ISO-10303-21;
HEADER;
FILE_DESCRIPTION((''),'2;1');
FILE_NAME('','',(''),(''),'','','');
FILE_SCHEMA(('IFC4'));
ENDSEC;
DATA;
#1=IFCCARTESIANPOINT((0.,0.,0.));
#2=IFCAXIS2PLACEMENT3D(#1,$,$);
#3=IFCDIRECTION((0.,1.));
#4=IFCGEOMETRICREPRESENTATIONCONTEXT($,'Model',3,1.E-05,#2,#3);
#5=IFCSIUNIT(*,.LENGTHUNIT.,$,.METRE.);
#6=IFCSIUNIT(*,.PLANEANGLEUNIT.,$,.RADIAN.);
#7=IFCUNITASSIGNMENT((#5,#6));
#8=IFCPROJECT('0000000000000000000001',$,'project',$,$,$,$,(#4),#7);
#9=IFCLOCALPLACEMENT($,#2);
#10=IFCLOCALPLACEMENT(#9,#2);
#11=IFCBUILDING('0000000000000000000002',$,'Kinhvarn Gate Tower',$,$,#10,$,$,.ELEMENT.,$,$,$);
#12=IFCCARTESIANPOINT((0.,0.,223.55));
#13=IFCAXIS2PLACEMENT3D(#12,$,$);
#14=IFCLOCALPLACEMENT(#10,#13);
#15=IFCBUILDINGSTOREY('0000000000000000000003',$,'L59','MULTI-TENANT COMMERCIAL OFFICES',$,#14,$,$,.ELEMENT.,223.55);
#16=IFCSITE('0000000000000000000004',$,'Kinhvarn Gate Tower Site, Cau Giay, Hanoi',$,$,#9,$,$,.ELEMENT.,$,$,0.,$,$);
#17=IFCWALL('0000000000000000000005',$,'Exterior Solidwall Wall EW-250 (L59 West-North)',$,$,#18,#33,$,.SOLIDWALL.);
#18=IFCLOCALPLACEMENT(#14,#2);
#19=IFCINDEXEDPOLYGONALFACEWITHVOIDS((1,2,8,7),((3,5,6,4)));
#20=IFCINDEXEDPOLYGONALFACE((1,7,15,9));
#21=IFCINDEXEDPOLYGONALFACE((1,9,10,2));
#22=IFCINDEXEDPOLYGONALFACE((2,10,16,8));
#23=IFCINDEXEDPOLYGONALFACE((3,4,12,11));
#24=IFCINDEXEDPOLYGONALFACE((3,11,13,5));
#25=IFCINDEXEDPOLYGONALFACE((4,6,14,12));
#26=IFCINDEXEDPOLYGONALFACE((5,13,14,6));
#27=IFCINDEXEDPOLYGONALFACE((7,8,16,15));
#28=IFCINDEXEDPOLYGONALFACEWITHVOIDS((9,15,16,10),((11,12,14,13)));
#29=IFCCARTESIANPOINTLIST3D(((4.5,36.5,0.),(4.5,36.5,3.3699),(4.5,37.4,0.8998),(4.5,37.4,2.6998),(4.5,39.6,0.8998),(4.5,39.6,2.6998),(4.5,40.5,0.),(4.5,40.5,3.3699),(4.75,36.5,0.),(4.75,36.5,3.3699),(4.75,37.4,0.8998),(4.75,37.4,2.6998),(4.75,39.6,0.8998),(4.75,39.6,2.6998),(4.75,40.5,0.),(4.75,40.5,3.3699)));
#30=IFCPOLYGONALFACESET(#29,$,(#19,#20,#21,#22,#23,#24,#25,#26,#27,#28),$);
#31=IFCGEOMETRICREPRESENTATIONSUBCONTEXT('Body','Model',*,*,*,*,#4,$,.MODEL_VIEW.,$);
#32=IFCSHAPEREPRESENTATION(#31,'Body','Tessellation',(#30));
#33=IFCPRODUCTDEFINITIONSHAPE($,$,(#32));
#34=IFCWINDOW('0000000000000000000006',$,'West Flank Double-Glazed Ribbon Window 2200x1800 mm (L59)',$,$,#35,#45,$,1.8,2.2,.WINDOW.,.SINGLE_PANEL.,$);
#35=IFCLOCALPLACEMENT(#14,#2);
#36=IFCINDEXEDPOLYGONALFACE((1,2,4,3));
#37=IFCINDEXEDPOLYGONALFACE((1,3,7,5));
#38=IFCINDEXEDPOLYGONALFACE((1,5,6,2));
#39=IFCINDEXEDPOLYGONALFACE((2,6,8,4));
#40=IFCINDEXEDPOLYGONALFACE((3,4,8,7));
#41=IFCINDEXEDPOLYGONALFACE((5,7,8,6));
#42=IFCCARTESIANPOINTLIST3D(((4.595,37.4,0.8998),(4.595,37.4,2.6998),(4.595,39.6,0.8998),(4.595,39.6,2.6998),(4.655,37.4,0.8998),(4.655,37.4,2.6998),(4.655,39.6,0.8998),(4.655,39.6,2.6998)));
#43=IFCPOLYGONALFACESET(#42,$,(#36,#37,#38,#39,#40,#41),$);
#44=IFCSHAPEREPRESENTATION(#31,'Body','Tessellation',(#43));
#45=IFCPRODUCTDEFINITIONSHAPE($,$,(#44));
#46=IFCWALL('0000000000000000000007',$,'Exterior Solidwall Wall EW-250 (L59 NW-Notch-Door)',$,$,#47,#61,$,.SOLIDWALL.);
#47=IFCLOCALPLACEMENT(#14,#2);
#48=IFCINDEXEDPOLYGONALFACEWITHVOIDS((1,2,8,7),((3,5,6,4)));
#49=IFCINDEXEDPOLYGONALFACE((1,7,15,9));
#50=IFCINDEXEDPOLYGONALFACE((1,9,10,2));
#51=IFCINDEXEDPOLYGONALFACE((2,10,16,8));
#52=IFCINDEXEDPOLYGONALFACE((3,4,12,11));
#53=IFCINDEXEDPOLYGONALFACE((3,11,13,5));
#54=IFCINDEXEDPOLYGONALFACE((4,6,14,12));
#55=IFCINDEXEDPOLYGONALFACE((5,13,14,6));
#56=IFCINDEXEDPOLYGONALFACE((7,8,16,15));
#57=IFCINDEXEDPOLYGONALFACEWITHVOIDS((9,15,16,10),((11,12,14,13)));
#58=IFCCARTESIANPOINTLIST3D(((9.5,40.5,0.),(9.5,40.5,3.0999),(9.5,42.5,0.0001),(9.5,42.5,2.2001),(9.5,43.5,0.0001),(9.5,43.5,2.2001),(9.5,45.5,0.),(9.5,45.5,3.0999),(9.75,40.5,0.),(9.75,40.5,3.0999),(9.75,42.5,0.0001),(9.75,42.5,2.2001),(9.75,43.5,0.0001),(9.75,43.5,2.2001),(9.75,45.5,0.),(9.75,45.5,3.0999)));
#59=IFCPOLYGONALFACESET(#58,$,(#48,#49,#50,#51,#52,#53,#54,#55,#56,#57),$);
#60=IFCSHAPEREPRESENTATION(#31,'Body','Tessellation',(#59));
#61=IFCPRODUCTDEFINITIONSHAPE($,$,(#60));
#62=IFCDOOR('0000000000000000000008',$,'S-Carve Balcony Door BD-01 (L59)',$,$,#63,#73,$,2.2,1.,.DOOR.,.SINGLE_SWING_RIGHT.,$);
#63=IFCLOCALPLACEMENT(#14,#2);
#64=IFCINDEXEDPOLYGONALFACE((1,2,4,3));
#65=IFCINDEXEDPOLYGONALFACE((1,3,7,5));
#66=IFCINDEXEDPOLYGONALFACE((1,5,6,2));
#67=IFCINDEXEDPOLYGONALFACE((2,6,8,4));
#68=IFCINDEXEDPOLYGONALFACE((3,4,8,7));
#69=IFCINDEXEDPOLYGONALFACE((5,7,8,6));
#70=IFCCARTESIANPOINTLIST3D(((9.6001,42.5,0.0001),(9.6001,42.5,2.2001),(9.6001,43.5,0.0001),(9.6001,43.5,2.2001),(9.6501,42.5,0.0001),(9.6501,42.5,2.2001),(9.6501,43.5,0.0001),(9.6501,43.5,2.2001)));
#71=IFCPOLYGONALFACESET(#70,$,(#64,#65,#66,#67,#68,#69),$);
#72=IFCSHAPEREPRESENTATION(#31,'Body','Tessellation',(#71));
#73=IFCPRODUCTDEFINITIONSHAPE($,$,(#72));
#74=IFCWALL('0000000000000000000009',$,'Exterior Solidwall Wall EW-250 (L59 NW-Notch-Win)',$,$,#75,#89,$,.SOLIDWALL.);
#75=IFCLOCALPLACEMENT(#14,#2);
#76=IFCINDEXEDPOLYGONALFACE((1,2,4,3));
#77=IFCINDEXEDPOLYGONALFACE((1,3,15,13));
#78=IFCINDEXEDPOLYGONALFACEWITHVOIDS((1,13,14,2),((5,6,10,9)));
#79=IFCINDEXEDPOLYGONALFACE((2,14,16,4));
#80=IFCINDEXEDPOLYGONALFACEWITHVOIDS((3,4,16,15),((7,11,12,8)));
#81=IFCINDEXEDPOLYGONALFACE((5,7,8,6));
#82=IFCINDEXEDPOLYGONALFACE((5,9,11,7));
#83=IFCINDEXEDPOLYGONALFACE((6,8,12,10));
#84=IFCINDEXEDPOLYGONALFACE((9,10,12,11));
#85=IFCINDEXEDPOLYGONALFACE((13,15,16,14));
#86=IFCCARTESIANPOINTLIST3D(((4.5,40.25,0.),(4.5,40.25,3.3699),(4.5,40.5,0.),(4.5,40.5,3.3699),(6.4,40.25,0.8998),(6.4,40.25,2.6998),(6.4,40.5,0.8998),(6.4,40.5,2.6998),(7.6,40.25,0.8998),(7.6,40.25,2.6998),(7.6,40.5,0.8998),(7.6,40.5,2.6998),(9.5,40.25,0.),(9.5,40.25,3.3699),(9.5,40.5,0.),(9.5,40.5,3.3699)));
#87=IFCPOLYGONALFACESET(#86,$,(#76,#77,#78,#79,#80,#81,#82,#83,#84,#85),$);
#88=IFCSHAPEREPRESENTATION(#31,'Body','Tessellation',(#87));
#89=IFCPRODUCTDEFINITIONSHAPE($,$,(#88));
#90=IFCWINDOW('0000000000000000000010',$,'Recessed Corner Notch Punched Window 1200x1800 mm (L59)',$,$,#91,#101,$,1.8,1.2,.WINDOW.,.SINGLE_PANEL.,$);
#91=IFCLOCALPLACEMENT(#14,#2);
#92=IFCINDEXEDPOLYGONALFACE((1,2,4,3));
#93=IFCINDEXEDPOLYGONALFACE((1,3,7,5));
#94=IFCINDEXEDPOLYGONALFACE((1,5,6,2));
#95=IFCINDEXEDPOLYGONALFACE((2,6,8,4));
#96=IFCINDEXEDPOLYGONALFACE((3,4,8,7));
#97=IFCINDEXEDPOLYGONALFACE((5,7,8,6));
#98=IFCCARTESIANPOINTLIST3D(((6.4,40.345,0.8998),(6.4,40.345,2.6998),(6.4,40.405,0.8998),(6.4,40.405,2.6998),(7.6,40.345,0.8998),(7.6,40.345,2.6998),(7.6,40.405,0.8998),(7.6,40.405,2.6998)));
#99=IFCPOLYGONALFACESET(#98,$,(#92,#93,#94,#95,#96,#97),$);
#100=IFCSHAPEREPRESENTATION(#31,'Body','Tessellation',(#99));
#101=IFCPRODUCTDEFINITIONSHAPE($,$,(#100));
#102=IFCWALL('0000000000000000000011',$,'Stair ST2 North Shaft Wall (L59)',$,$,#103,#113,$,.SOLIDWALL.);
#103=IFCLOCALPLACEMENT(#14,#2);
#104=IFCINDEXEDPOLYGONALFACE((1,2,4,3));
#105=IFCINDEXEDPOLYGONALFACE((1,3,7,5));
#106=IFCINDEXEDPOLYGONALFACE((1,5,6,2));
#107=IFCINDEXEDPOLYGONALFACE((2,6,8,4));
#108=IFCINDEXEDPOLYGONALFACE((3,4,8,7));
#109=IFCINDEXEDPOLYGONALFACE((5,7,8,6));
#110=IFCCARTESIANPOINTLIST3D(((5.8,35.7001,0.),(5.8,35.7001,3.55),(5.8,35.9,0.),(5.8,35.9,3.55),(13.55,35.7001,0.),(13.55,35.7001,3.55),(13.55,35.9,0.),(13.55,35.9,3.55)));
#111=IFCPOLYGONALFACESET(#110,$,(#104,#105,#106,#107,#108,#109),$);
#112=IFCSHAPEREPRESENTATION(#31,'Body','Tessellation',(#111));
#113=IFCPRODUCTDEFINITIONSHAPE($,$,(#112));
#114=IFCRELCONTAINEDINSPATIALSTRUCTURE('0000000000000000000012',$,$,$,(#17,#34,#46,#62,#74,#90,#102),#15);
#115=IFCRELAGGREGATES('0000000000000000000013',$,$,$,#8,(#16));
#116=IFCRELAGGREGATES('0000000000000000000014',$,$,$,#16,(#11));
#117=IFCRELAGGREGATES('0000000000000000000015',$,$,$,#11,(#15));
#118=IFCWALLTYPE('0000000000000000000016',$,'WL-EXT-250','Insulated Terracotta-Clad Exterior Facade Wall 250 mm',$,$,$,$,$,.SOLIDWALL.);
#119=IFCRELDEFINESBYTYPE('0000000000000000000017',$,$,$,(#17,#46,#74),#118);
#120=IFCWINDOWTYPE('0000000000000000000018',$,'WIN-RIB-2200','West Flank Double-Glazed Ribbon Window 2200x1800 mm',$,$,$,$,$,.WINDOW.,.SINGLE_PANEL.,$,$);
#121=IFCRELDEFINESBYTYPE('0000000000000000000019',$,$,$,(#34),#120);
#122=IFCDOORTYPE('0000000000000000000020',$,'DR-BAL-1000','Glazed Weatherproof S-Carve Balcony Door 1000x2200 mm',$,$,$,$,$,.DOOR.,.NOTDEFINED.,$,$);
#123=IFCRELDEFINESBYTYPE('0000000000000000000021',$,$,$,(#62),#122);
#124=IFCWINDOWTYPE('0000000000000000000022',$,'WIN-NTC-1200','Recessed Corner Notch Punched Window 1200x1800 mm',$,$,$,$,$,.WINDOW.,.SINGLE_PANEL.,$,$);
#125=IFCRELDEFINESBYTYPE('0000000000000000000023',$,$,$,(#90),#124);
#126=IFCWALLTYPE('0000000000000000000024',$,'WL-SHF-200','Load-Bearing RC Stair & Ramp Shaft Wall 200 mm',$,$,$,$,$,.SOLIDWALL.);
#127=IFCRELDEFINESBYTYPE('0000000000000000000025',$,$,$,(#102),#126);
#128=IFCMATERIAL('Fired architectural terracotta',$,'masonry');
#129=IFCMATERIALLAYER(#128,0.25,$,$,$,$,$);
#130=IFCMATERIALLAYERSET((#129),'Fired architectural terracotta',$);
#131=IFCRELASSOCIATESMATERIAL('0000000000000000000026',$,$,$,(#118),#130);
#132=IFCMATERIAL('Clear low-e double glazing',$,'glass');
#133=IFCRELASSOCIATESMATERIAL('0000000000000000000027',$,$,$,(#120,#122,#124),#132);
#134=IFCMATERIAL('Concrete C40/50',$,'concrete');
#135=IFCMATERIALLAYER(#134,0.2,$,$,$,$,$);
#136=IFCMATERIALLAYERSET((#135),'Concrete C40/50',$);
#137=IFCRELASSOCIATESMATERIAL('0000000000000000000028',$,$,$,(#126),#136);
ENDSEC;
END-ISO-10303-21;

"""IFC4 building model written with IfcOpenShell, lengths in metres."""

from ifc_helpers import new_model, si_unit, direction, frame, frame_2d, origin, place, context, subcontext, project, spatial, rectangle, extrude, material, layer, layer_set, type_object, element, fill, save


model = new_model("IFC4")

# Units and contexts
model_context = context("Model", 3, precision=1e-05, world=origin(), true_north=direction((0.0, 1.0)))
body_context = subcontext(model_context, "Body", "Model", "MODEL_VIEW")
ifc_project = project(units=[si_unit("LENGTHUNIT", "METRE"), si_unit("PLANEANGLEUNIT", "RADIAN")], contexts=[model_context])

# Site, building, storey
site_placement = place(None, origin())
site = spatial("IfcSite", under=ifc_project, at=site_placement, Name="Kinhvarn Gate Tower Site, Cau Giay, Hanoi", CompositionType="ELEMENT", RefElevation=0.0)
building_placement = place(site_placement, origin())
building = spatial("IfcBuilding", under=site, at=building_placement, Name="Kinhvarn Gate Tower", CompositionType="ELEMENT")
storey_placement = place(building_placement, frame((0.0, 0.0, 223.55)))
storey = spatial("IfcBuildingStorey", under=building, at=storey_placement, Name="L59", Description="MULTI-TENANT COMMERCIAL OFFICES", CompositionType="ELEMENT", Elevation=223.55)

# Wall, opening, window
ifc_material_1 = material(Name="Fired architectural terracotta", Category="masonry")
ifc_layer_1 = layer(ifc_material_1, 0.25)
ifc_layer_set_1 = layer_set([ifc_layer_1], Name="Fired architectural terracotta")
wall_type_1 = type_object("IfcWallType", Name="WL-EXT-250", Description="Insulated Terracotta-Clad Exterior Facade Wall 250 mm", PredefinedType="SOLIDWALL", material=ifc_layer_set_1)
wall_1_placement = place(storey_placement, frame((4.625, 40.5, 0.0), z_axis=(0.0, 0.0, 1.0), x_axis=(0.0, -1.0, 0.0)))
wall_1 = element("IfcWall", 1, at=wall_1_placement, inside=storey, type_object=wall_type_1, Name="Exterior Solidwall Wall EW-250 (L59 West-North)", PredefinedType="SOLIDWALL", context=body_context, shape_type="SweptSolid", body=[
    extrude(rectangle(XDim=4.0, YDim=0.25, at=frame_2d((2.0, 0.0))), origin(), (0.0, 0.0, 1.0), 3.3699),
])
opening_1_placement = place(wall_1_placement, frame((0.8999, 0.0, 0.8999)))
opening_1 = element("IfcOpeningElement", 2, at=opening_1_placement, cuts=wall_1, PredefinedType="OPENING", context=body_context, shape_type="SweptSolid", body=[
    extrude(rectangle(XDim=2.2, YDim=1.8, at=frame_2d((1.1001, 0.8999))), frame((0.0, 0.135, 0.0), z_axis=(0.0, -1.0, 0.0), x_axis=(1.0, 0.0, 0.0)), (0.0, 0.0, 1.0), 0.27),
])
ifc_material_2 = material(Name="Clear low-e double glazing", Category="glass")
window_type_1 = type_object("IfcWindowType", Name="WIN-RIB-2200", Description="West Flank Double-Glazed Ribbon Window 2200x1800 mm", PartitioningType="SINGLE_PANEL", PredefinedType="WINDOW", material=ifc_material_2)
window_1_placement = place(opening_1_placement, origin())
window_1 = element("IfcWindow", 3, at=window_1_placement, inside=storey, type_object=window_type_1, Name="West Flank Double-Glazed Ribbon Window 2200x1800 mm (L59)", OverallHeight=1.8, OverallWidth=2.2, PartitioningType="SINGLE_PANEL", PredefinedType="WINDOW", context=body_context, shape_type="SweptSolid", body=[
    extrude(rectangle(XDim=2.2, YDim=1.8, at=frame_2d((1.1001, 0.8999))), frame((0.0, 0.03, 0.0), z_axis=(0.0, -1.0, 0.0), x_axis=(1.0, 0.0, 0.0)), (0.0, 0.0, 1.0), 0.0601),
])
fill(opening_1, window_1)

# Wall, opening, door
wall_2_placement = place(storey_placement, frame((9.625, 45.5, 0.0), z_axis=(0.0, 0.0, 1.0), x_axis=(0.0, -1.0, 0.0)))
wall_2 = element("IfcWall", 4, at=wall_2_placement, inside=storey, type_object=wall_type_1, Name="Exterior Solidwall Wall EW-250 (L59 NW-Notch-Door)", PredefinedType="SOLIDWALL", context=body_context, shape_type="SweptSolid", body=[
    extrude(rectangle(XDim=5.0, YDim=0.25, at=frame_2d((2.5, 0.0))), origin(), (0.0, 0.0, 1.0), 3.0999),
])
opening_2_placement = place(wall_2_placement, frame((2.0, 0.0, 0.0)))
opening_2 = element("IfcOpeningElement", 5, at=opening_2_placement, cuts=wall_2, PredefinedType="OPENING", context=body_context, shape_type="SweptSolid", body=[
    extrude(rectangle(XDim=1.0, YDim=2.2, at=frame_2d((0.5, 1.1001))), frame((0.0, 0.135, 0.0), z_axis=(0.0, -1.0, 0.0), x_axis=(1.0, 0.0, 0.0)), (0.0, 0.0, 1.0), 0.27),
])
door_type = type_object("IfcDoorType", Name="DR-BAL-1000", Description="Glazed Weatherproof S-Carve Balcony Door 1000x2200 mm", OperationType="NOTDEFINED", PredefinedType="DOOR", material=ifc_material_2)
door_placement = place(opening_2_placement, frame((1.0, 0.0, 0.0), z_axis=(0.0, 0.0, 1.0), x_axis=(-1.0, 0.0, 0.0)))
door = element("IfcDoor", 6, at=door_placement, inside=storey, type_object=door_type, Name="S-Carve Balcony Door BD-01 (L59)", OperationType="SINGLE_SWING_RIGHT", OverallHeight=2.2, OverallWidth=1.0, PredefinedType="DOOR", context=body_context, shape_type="SweptSolid", body=[
    extrude(rectangle(XDim=1.0, YDim=2.2, at=frame_2d((0.5, 1.1001))), frame((0.0, 0.0249, 0.0), z_axis=(0.0, -1.0, 0.0), x_axis=(1.0, 0.0, 0.0)), (0.0, 0.0, 1.0), 0.05),
])
fill(opening_2, door)

# Wall, opening, window
wall_3_placement = place(storey_placement, frame((9.5, 40.375, 0.0), z_axis=(0.0, 0.0, 1.0), x_axis=(-1.0, 0.0, 0.0)))
wall_3 = element("IfcWall", 7, at=wall_3_placement, inside=storey, type_object=wall_type_1, Name="Exterior Solidwall Wall EW-250 (L59 NW-Notch-Win)", PredefinedType="SOLIDWALL", context=body_context, shape_type="SweptSolid", body=[
    extrude(rectangle(XDim=5.0, YDim=0.25, at=frame_2d((2.5, 0.0))), origin(), (0.0, 0.0, 1.0), 3.3699),
])
opening_3_placement = place(wall_3_placement, frame((1.8999, 0.0, 0.8999)))
opening_3 = element("IfcOpeningElement", 8, at=opening_3_placement, cuts=wall_3, PredefinedType="OPENING", context=body_context, shape_type="SweptSolid", body=[
    extrude(rectangle(XDim=1.2, YDim=1.8, at=frame_2d((0.6001, 0.8999))), frame((0.0, 0.135, 0.0), z_axis=(0.0, -1.0, 0.0), x_axis=(1.0, 0.0, 0.0)), (0.0, 0.0, 1.0), 0.27),
])
window_type_2 = type_object("IfcWindowType", Name="WIN-NTC-1200", Description="Recessed Corner Notch Punched Window 1200x1800 mm", PartitioningType="SINGLE_PANEL", PredefinedType="WINDOW", material=ifc_material_2)
window_2_placement = place(opening_3_placement, origin())
window_2 = element("IfcWindow", 9, at=window_2_placement, inside=storey, type_object=window_type_2, Name="Recessed Corner Notch Punched Window 1200x1800 mm (L59)", OverallHeight=1.8, OverallWidth=1.2, PartitioningType="SINGLE_PANEL", PredefinedType="WINDOW", context=body_context, shape_type="SweptSolid", body=[
    extrude(rectangle(XDim=1.2, YDim=1.8, at=frame_2d((0.6001, 0.8999))), frame((0.0, 0.03, 0.0), z_axis=(0.0, -1.0, 0.0), x_axis=(1.0, 0.0, 0.0)), (0.0, 0.0, 1.0), 0.0601),
])
fill(opening_3, window_2)

# Wall
ifc_material_3 = material(Name="Concrete C40/50", Category="concrete")
ifc_layer_2 = layer(ifc_material_3, 0.2)
ifc_layer_set_2 = layer_set([ifc_layer_2], Name="Concrete C40/50")
wall_type_2 = type_object("IfcWallType", Name="WL-SHF-200", Description="Load-Bearing RC Stair & Ramp Shaft Wall 200 mm", PredefinedType="SOLIDWALL", material=ifc_layer_set_2)
wall_4_placement = place(storey_placement, frame((5.8, 35.8, 0.0), z_axis=(0.0, 0.0, 1.0), x_axis=(1.0, 0.0, 0.0)))
element("IfcWall", 10, at=wall_4_placement, inside=storey, type_object=wall_type_2, Name="Stair ST2 North Shaft Wall (L59)", PredefinedType="SOLIDWALL", context=body_context, shape_type="SweptSolid", body=[
    extrude(rectangle(XDim=7.75, YDim=0.2, at=frame_2d((3.875, 0.0))), origin(), (0.0, 0.0, 1.0), 3.55),
])

save(model, "model.ifc")
